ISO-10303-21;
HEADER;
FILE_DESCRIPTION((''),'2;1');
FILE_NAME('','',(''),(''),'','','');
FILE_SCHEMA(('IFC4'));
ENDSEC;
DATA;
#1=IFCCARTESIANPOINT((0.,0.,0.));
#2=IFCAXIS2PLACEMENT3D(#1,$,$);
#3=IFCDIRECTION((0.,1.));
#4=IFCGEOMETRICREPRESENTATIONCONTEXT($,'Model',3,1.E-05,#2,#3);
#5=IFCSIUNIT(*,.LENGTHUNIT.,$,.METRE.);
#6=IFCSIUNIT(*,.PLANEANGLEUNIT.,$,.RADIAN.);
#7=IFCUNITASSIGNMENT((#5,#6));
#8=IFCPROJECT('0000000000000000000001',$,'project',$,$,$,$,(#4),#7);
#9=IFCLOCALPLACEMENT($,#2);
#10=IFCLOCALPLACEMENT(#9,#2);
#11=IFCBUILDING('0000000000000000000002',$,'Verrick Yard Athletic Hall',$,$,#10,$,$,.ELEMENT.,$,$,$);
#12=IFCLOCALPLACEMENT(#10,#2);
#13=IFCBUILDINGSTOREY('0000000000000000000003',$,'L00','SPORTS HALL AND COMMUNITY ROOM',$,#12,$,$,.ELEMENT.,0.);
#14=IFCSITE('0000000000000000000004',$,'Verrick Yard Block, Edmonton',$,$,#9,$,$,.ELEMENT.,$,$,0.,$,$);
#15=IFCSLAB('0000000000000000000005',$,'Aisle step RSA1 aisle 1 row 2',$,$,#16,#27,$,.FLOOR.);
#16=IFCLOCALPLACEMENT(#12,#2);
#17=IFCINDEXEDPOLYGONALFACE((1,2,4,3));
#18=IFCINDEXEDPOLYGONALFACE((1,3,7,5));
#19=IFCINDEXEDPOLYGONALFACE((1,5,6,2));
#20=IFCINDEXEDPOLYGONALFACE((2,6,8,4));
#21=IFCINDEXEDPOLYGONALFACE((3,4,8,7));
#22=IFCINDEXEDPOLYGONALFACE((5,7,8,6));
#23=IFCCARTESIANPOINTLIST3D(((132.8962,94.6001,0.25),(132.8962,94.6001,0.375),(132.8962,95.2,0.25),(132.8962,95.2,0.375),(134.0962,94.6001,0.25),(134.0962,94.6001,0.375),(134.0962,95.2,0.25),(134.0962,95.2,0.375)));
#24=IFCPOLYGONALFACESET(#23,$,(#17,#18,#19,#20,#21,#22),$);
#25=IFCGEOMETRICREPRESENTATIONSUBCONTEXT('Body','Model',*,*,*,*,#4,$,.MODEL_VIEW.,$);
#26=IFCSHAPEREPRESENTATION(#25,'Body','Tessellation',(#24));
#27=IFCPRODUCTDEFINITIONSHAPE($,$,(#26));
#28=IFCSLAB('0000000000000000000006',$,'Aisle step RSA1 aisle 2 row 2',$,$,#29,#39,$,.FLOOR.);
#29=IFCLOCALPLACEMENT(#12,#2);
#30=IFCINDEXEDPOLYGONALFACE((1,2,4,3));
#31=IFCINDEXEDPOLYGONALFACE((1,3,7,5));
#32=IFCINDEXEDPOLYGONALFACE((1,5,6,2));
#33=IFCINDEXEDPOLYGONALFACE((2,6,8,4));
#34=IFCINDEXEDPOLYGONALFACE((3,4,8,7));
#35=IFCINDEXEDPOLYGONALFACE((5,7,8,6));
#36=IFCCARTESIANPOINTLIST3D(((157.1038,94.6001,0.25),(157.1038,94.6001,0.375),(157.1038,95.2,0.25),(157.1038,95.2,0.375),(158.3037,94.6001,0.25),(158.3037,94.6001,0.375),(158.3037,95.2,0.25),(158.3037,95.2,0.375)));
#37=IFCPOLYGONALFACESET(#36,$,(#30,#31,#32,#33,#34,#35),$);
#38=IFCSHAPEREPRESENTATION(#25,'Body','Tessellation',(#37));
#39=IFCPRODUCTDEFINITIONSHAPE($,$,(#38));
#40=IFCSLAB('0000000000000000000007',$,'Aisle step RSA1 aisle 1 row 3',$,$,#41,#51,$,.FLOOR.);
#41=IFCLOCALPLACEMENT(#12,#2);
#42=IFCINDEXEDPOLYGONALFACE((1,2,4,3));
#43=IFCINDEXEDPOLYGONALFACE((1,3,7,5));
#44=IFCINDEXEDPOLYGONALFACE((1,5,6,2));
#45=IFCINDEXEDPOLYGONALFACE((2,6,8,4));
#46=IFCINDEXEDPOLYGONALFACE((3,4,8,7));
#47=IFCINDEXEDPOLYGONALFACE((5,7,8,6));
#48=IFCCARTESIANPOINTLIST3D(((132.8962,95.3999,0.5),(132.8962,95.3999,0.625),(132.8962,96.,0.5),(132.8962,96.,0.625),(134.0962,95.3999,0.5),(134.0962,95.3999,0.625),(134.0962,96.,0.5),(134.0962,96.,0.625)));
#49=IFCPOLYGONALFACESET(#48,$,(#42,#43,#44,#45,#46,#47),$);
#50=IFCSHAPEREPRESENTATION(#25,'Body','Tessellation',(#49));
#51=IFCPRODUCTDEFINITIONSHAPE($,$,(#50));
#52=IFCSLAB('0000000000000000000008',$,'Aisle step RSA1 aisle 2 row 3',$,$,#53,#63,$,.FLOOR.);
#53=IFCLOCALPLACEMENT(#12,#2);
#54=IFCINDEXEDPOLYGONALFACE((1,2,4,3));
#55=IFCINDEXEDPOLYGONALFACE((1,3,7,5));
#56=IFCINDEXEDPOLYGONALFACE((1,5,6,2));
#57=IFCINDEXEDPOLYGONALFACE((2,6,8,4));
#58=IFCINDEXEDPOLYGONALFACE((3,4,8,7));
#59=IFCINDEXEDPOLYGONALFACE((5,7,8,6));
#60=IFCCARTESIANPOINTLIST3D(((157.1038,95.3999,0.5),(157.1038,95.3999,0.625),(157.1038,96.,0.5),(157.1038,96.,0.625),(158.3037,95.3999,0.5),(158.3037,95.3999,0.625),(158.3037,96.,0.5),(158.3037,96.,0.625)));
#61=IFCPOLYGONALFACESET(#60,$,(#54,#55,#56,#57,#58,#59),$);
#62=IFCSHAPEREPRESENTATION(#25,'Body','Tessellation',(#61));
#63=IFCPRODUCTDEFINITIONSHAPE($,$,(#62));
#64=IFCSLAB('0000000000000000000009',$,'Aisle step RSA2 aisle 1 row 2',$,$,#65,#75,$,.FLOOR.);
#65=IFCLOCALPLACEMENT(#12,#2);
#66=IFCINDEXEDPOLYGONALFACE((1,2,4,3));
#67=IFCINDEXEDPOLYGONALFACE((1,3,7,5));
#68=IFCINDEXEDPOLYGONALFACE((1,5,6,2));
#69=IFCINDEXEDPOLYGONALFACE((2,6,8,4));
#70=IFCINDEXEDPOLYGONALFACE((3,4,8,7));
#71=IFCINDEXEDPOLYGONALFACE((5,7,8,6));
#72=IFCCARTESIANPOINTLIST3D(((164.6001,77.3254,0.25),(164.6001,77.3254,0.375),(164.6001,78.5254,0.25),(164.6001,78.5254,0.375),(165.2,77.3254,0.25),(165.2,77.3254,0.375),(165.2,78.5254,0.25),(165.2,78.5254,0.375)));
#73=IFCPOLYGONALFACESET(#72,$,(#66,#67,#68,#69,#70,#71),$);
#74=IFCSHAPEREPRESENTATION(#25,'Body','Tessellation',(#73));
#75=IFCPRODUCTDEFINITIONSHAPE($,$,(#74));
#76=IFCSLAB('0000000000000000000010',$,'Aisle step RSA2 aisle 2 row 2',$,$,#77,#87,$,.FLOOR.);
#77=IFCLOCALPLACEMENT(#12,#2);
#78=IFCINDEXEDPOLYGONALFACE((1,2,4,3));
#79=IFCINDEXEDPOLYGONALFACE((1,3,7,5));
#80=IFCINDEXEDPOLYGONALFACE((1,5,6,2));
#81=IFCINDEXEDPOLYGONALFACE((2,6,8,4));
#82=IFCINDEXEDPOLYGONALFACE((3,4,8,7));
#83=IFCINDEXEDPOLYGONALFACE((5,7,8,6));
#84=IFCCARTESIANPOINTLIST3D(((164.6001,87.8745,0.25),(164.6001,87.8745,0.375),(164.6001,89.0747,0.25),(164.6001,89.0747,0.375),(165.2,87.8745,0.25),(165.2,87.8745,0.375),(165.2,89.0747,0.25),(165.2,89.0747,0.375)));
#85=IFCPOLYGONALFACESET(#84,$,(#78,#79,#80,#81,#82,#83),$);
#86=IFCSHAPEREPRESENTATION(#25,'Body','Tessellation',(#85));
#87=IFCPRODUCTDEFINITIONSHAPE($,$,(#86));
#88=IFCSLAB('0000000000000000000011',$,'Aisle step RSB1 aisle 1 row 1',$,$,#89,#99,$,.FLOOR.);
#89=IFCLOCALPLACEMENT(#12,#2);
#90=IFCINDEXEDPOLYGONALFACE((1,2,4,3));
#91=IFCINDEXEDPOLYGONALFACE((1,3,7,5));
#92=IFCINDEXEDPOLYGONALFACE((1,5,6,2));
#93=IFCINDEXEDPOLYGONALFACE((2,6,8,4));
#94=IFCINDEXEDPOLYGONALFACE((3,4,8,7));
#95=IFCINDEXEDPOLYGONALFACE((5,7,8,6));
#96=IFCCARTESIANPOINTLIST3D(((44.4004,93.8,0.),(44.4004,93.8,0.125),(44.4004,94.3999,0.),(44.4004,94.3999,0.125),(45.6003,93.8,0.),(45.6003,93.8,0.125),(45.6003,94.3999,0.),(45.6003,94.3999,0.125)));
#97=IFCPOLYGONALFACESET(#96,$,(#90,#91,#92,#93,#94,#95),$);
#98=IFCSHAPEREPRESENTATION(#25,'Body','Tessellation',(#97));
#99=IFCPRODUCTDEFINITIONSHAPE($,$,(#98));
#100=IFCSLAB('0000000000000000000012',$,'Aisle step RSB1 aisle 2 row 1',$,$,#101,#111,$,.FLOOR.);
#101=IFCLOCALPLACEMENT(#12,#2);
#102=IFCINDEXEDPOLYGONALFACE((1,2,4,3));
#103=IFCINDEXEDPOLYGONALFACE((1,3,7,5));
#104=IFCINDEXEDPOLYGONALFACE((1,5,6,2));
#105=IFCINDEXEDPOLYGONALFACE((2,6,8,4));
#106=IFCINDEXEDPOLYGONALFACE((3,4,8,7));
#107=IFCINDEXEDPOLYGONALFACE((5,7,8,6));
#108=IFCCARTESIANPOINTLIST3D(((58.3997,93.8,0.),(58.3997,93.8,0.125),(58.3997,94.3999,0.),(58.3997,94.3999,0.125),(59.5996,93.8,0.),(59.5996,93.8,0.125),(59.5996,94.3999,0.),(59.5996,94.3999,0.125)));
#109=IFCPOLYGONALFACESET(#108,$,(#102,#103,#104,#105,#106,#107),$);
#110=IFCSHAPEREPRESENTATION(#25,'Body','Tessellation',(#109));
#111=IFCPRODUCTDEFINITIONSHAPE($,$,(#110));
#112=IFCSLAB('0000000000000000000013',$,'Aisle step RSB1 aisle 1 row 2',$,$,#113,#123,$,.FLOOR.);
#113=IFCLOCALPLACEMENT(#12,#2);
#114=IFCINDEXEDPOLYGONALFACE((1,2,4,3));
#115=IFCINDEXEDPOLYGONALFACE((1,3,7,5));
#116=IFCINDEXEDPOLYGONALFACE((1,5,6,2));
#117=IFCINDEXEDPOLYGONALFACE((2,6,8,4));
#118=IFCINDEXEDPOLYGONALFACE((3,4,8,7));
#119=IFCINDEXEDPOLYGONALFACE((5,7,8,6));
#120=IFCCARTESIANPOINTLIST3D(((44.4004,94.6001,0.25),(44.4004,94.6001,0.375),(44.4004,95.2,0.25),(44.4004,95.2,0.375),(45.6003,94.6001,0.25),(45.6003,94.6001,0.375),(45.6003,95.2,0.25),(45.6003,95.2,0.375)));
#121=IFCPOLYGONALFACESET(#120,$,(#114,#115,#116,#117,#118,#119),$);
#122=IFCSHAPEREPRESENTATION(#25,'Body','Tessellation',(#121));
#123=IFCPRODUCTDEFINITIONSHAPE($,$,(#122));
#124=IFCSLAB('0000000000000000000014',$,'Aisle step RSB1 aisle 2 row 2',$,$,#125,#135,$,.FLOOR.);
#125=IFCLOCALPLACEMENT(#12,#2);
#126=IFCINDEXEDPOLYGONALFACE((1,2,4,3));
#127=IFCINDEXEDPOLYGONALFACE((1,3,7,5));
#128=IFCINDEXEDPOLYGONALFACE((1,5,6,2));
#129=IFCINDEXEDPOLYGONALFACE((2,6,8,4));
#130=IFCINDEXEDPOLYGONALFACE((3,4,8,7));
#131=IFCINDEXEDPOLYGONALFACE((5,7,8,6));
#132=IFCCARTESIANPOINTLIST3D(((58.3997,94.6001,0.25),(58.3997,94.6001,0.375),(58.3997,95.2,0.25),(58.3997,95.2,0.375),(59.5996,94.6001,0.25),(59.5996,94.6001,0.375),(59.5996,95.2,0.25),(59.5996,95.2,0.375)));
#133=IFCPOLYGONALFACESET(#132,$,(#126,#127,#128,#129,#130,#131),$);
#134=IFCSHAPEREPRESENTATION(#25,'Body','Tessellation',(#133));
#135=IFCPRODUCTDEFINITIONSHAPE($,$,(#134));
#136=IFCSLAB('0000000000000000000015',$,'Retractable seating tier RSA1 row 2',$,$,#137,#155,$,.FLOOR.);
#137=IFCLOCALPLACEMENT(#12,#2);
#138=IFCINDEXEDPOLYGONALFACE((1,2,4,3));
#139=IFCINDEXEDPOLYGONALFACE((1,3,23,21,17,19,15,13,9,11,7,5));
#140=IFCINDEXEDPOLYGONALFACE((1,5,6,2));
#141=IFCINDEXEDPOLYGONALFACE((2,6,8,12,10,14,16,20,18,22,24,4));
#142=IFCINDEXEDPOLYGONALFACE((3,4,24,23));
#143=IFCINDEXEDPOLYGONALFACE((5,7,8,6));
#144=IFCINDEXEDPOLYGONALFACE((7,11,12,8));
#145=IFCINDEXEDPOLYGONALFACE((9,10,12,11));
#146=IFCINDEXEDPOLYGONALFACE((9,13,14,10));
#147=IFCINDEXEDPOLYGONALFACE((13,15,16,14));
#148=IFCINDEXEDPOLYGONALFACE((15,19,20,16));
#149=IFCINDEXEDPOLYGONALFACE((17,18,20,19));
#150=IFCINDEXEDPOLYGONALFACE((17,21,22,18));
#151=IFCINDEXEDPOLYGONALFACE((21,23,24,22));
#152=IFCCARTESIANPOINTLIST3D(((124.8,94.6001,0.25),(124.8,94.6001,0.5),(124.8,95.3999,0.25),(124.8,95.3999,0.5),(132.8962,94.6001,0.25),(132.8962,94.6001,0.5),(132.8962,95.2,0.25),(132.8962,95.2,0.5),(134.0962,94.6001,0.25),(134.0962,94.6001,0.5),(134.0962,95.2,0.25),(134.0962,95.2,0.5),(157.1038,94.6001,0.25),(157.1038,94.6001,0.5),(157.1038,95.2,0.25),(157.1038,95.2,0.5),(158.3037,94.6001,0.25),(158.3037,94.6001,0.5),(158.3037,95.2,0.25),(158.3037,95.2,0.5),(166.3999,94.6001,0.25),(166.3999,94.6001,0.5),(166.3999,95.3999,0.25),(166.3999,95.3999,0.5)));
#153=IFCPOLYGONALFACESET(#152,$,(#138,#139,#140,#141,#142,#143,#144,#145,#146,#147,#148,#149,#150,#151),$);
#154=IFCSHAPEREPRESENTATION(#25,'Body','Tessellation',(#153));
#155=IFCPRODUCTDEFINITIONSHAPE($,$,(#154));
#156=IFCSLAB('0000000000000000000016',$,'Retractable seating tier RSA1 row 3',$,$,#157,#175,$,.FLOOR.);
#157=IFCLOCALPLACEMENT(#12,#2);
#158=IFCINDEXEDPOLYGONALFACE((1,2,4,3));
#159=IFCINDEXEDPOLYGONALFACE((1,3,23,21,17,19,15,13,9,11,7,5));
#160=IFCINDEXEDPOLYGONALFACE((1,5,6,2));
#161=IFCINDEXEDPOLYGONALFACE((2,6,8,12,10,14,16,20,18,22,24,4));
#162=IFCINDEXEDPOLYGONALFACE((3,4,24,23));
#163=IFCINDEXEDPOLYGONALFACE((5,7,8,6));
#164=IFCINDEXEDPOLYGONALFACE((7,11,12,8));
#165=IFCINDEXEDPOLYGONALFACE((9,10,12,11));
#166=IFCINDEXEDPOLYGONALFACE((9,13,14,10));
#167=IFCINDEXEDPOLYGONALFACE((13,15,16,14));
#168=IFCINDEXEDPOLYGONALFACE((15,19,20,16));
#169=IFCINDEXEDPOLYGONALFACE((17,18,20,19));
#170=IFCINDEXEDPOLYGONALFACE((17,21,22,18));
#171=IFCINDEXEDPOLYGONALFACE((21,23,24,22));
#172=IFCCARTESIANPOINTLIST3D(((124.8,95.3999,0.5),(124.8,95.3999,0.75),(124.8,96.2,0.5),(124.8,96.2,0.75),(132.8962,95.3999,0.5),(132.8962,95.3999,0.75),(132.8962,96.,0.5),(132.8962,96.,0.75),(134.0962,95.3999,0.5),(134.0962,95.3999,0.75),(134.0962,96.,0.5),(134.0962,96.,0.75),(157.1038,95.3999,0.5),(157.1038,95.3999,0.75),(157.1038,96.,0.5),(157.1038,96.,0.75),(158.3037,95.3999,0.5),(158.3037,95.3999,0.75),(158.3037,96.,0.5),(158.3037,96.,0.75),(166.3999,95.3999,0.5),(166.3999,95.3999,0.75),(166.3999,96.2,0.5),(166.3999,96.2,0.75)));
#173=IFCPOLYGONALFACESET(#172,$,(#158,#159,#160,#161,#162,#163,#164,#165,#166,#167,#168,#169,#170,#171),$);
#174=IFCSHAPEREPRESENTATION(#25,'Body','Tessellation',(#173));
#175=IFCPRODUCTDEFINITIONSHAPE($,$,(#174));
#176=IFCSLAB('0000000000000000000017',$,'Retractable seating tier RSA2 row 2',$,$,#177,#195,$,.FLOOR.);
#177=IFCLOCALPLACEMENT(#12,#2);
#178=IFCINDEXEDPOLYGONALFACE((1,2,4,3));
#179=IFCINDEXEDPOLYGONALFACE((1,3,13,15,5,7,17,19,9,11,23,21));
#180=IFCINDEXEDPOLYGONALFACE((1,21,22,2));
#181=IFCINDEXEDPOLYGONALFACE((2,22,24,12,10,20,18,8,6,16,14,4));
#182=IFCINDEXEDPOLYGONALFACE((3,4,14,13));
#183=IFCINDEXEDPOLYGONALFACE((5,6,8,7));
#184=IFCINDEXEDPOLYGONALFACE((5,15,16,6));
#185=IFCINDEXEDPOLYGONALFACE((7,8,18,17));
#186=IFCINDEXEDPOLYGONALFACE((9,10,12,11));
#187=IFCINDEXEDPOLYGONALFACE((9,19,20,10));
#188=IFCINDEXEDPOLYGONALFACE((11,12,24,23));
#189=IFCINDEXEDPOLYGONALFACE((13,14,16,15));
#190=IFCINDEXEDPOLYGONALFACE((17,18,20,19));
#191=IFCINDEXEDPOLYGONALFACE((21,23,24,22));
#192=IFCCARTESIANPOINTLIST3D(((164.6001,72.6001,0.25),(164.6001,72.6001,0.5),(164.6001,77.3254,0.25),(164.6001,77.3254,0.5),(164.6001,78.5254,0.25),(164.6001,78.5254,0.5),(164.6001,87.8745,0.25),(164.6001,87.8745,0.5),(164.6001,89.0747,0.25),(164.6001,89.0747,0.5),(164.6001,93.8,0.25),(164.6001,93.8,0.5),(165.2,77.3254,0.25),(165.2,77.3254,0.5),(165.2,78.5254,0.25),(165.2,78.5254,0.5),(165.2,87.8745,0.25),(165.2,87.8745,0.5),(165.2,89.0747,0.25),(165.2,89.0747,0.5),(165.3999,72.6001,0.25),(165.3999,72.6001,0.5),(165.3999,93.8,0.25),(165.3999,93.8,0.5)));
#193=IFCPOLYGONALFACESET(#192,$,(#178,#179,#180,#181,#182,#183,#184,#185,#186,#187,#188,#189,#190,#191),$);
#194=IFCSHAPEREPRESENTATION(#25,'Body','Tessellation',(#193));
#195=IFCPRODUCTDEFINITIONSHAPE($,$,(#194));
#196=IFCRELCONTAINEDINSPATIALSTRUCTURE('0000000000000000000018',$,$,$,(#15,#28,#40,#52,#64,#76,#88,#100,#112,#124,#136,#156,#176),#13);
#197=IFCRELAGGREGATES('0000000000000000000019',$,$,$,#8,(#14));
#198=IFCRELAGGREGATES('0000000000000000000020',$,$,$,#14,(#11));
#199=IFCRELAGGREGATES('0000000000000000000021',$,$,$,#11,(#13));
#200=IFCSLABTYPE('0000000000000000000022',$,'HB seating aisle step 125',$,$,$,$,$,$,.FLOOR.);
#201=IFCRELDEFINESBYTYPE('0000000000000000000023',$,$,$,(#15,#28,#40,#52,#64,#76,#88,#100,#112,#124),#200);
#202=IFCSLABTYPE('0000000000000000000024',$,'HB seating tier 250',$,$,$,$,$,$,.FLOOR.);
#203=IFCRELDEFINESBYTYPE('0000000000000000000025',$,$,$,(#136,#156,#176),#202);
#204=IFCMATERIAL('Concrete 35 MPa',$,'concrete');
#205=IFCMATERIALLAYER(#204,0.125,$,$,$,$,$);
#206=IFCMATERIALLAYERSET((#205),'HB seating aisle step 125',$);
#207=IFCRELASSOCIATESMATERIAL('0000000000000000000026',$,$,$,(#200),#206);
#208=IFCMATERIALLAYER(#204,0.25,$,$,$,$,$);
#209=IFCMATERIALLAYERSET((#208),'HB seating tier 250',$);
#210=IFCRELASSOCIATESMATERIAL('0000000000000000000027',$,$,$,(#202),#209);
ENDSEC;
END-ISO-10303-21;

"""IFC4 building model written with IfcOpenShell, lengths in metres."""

from ifc_helpers import new_model, si_unit, direction, frame, origin, place, context, subcontext, project, spatial, polyline, outline, extrude, material, layer, layer_set, type_object, element, save


model = new_model("IFC4")

# Units and contexts
model_context = context("Model", 3, precision=1e-05, world=origin(), true_north=direction((0.0, 1.0)))
body_context = subcontext(model_context, "Body", "Model", "MODEL_VIEW")
ifc_project = project(units=[si_unit("LENGTHUNIT", "METRE"), si_unit("PLANEANGLEUNIT", "RADIAN")], contexts=[model_context])

# Site, building, storey
site_placement = place(None, origin())
site = spatial("IfcSite", under=ifc_project, at=site_placement, Name="Verrick Yard Block, Edmonton", CompositionType="ELEMENT", RefElevation=0.0)
building_placement = place(site_placement, origin())
building = spatial("IfcBuilding", under=site, at=building_placement, Name="Verrick Yard Athletic Hall", CompositionType="ELEMENT")
storey_placement = place(building_placement, origin())
storey = spatial("IfcBuildingStorey", under=building, at=storey_placement, Name="L00", Description="SPORTS HALL AND COMMUNITY ROOM", CompositionType="ELEMENT", Elevation=0.0)

# Slabs
ifc_material_1 = material(Name="Concrete 35 MPa", Category="concrete")
ifc_layer_1 = layer(ifc_material_1, 0.125)
ifc_layer_set_1 = layer_set([ifc_layer_1], Name="HB seating aisle step 125")
slab_type_1 = type_object("IfcSlabType", Name="HB seating aisle step 125", PredefinedType="FLOOR", material=ifc_layer_set_1)
slab_1_placement = place(storey_placement, frame((0.0, 0.0, 0.25)))
element("IfcSlab", 1, at=slab_1_placement, inside=storey, type_object=slab_type_1, Name="Aisle step RSA1 aisle 1 row 2", PredefinedType="FLOOR", context=body_context, shape_type="SweptSolid", body=[
    extrude(outline(polyline([(132.8962, 94.6001), (134.0962, 94.6001), (134.0962, 95.2), (132.8962, 95.2), (132.8962, 94.6001)])), origin(), (0.0, 0.0, 1.0), 0.125),
])
slab_2_placement = place(storey_placement, frame((0.0, 0.0, 0.25)))
element("IfcSlab", 2, at=slab_2_placement, inside=storey, type_object=slab_type_1, Name="Aisle step RSA1 aisle 2 row 2", PredefinedType="FLOOR", context=body_context, shape_type="SweptSolid", body=[
    extrude(outline(polyline([(157.1038, 94.6001), (158.3037, 94.6001), (158.3037, 95.2), (157.1038, 95.2), (157.1038, 94.6001)])), origin(), (0.0, 0.0, 1.0), 0.125),
])
slab_3_placement = place(storey_placement, frame((0.0, 0.0, 0.5)))
element("IfcSlab", 3, at=slab_3_placement, inside=storey, type_object=slab_type_1, Name="Aisle step RSA1 aisle 1 row 3", PredefinedType="FLOOR", context=body_context, shape_type="SweptSolid", body=[
    extrude(outline(polyline([(132.8962, 95.3999), (134.0962, 95.3999), (134.0962, 96.0), (132.8962, 96.0), (132.8962, 95.3999)])), origin(), (0.0, 0.0, 1.0), 0.125),
])
slab_4_placement = place(storey_placement, frame((0.0, 0.0, 0.5)))
element("IfcSlab", 4, at=slab_4_placement, inside=storey, type_object=slab_type_1, Name="Aisle step RSA1 aisle 2 row 3", PredefinedType="FLOOR", context=body_context, shape_type="SweptSolid", body=[
    extrude(outline(polyline([(157.1038, 95.3999), (158.3037, 95.3999), (158.3037, 96.0), (157.1038, 96.0), (157.1038, 95.3999)])), origin(), (0.0, 0.0, 1.0), 0.125),
])
slab_5_placement = place(storey_placement, frame((0.0, 0.0, 0.25)))
element("IfcSlab", 5, at=slab_5_placement, inside=storey, type_object=slab_type_1, Name="Aisle step RSA2 aisle 1 row 2", PredefinedType="FLOOR", context=body_context, shape_type="SweptSolid", body=[
    extrude(outline(polyline([(165.2, 77.3254), (165.2, 78.5254), (164.6001, 78.5254), (164.6001, 77.3254), (165.2, 77.3254)])), origin(), (0.0, 0.0, 1.0), 0.125),
])
slab_6_placement = place(storey_placement, frame((0.0, 0.0, 0.25)))
element("IfcSlab", 6, at=slab_6_placement, inside=storey, type_object=slab_type_1, Name="Aisle step RSA2 aisle 2 row 2", PredefinedType="FLOOR", context=body_context, shape_type="SweptSolid", body=[
    extrude(outline(polyline([(165.2, 87.8745), (165.2, 89.0747), (164.6001, 89.0747), (164.6001, 87.8745), (165.2, 87.8745)])), origin(), (0.0, 0.0, 1.0), 0.125),
])
slab_7_placement = place(storey_placement, origin())
element("IfcSlab", 7, at=slab_7_placement, inside=storey, type_object=slab_type_1, Name="Aisle step RSB1 aisle 1 row 1", PredefinedType="FLOOR", context=body_context, shape_type="SweptSolid", body=[
    extrude(outline(polyline([(44.4004, 93.8), (45.6003, 93.8), (45.6003, 94.3999), (44.4004, 94.3999), (44.4004, 93.8)])), origin(), (0.0, 0.0, 1.0), 0.125),
])
slab_8_placement = place(storey_placement, origin())
element("IfcSlab", 8, at=slab_8_placement, inside=storey, type_object=slab_type_1, Name="Aisle step RSB1 aisle 2 row 1", PredefinedType="FLOOR", context=body_context, shape_type="SweptSolid", body=[
    extrude(outline(polyline([(58.3997, 93.8), (59.5996, 93.8), (59.5996, 94.3999), (58.3997, 94.3999), (58.3997, 93.8)])), origin(), (0.0, 0.0, 1.0), 0.125),
])
slab_9_placement = place(storey_placement, frame((0.0, 0.0, 0.25)))
element("IfcSlab", 9, at=slab_9_placement, inside=storey, type_object=slab_type_1, Name="Aisle step RSB1 aisle 1 row 2", PredefinedType="FLOOR", context=body_context, shape_type="SweptSolid", body=[
    extrude(outline(polyline([(44.4004, 94.6001), (45.6003, 94.6001), (45.6003, 95.2), (44.4004, 95.2), (44.4004, 94.6001)])), origin(), (0.0, 0.0, 1.0), 0.125),
])
slab_10_placement = place(storey_placement, frame((0.0, 0.0, 0.25)))
element("IfcSlab", 10, at=slab_10_placement, inside=storey, type_object=slab_type_1, Name="Aisle step RSB1 aisle 2 row 2", PredefinedType="FLOOR", context=body_context, shape_type="SweptSolid", body=[
    extrude(outline(polyline([(58.3997, 94.6001), (59.5996, 94.6001), (59.5996, 95.2), (58.3997, 95.2), (58.3997, 94.6001)])), origin(), (0.0, 0.0, 1.0), 0.125),
])
ifc_layer_2 = layer(ifc_material_1, 0.25)
ifc_layer_set_2 = layer_set([ifc_layer_2], Name="HB seating tier 250")
slab_type_2 = type_object("IfcSlabType", Name="HB seating tier 250", PredefinedType="FLOOR", material=ifc_layer_set_2)
slab_11_placement = place(storey_placement, frame((0.0, 0.0, 0.25)))
element("IfcSlab", 11, at=slab_11_placement, inside=storey, type_object=slab_type_2, Name="Retractable seating tier RSA1 row 2", PredefinedType="FLOOR", context=body_context, shape_type="SweptSolid", body=[
    extrude(outline(polyline([(124.8, 94.6001), (132.8962, 94.6001), (132.8962, 95.2), (134.0962, 95.2), (134.0962, 94.6001), (157.1038, 94.6001), (157.1038, 95.2), (158.3037, 95.2), (158.3037, 94.6001), (166.3999, 94.6001), (166.3999, 95.3999), (124.8, 95.3999), (124.8, 94.6001)])), origin(), (0.0, 0.0, 1.0), 0.25),
])
slab_12_placement = place(storey_placement, frame((0.0, 0.0, 0.5)))
element("IfcSlab", 12, at=slab_12_placement, inside=storey, type_object=slab_type_2, Name="Retractable seating tier RSA1 row 3", PredefinedType="FLOOR", context=body_context, shape_type="SweptSolid", body=[
    extrude(outline(polyline([(124.8, 95.3999), (132.8962, 95.3999), (132.8962, 96.0), (134.0962, 96.0), (134.0962, 95.3999), (157.1038, 95.3999), (157.1038, 96.0), (158.3037, 96.0), (158.3037, 95.3999), (166.3999, 95.3999), (166.3999, 96.2), (124.8, 96.2), (124.8, 95.3999)])), origin(), (0.0, 0.0, 1.0), 0.25),
])
slab_13_placement = place(storey_placement, frame((0.0, 0.0, 0.25)))
element("IfcSlab", 13, at=slab_13_placement, inside=storey, type_object=slab_type_2, Name="Retractable seating tier RSA2 row 2", PredefinedType="FLOOR", context=body_context, shape_type="SweptSolid", body=[
    extrude(outline(polyline([(165.3999, 72.6001), (165.3999, 93.8), (164.6001, 93.8), (164.6001, 89.0747), (165.2, 89.0747), (165.2, 87.8745), (164.6001, 87.8745), (164.6001, 78.5254), (165.2, 78.5254), (165.2, 77.3254), (164.6001, 77.3254), (164.6001, 72.6001), (165.3999, 72.6001)])), origin(), (0.0, 0.0, 1.0), 0.25),
])

save(model, "model.ifc")
